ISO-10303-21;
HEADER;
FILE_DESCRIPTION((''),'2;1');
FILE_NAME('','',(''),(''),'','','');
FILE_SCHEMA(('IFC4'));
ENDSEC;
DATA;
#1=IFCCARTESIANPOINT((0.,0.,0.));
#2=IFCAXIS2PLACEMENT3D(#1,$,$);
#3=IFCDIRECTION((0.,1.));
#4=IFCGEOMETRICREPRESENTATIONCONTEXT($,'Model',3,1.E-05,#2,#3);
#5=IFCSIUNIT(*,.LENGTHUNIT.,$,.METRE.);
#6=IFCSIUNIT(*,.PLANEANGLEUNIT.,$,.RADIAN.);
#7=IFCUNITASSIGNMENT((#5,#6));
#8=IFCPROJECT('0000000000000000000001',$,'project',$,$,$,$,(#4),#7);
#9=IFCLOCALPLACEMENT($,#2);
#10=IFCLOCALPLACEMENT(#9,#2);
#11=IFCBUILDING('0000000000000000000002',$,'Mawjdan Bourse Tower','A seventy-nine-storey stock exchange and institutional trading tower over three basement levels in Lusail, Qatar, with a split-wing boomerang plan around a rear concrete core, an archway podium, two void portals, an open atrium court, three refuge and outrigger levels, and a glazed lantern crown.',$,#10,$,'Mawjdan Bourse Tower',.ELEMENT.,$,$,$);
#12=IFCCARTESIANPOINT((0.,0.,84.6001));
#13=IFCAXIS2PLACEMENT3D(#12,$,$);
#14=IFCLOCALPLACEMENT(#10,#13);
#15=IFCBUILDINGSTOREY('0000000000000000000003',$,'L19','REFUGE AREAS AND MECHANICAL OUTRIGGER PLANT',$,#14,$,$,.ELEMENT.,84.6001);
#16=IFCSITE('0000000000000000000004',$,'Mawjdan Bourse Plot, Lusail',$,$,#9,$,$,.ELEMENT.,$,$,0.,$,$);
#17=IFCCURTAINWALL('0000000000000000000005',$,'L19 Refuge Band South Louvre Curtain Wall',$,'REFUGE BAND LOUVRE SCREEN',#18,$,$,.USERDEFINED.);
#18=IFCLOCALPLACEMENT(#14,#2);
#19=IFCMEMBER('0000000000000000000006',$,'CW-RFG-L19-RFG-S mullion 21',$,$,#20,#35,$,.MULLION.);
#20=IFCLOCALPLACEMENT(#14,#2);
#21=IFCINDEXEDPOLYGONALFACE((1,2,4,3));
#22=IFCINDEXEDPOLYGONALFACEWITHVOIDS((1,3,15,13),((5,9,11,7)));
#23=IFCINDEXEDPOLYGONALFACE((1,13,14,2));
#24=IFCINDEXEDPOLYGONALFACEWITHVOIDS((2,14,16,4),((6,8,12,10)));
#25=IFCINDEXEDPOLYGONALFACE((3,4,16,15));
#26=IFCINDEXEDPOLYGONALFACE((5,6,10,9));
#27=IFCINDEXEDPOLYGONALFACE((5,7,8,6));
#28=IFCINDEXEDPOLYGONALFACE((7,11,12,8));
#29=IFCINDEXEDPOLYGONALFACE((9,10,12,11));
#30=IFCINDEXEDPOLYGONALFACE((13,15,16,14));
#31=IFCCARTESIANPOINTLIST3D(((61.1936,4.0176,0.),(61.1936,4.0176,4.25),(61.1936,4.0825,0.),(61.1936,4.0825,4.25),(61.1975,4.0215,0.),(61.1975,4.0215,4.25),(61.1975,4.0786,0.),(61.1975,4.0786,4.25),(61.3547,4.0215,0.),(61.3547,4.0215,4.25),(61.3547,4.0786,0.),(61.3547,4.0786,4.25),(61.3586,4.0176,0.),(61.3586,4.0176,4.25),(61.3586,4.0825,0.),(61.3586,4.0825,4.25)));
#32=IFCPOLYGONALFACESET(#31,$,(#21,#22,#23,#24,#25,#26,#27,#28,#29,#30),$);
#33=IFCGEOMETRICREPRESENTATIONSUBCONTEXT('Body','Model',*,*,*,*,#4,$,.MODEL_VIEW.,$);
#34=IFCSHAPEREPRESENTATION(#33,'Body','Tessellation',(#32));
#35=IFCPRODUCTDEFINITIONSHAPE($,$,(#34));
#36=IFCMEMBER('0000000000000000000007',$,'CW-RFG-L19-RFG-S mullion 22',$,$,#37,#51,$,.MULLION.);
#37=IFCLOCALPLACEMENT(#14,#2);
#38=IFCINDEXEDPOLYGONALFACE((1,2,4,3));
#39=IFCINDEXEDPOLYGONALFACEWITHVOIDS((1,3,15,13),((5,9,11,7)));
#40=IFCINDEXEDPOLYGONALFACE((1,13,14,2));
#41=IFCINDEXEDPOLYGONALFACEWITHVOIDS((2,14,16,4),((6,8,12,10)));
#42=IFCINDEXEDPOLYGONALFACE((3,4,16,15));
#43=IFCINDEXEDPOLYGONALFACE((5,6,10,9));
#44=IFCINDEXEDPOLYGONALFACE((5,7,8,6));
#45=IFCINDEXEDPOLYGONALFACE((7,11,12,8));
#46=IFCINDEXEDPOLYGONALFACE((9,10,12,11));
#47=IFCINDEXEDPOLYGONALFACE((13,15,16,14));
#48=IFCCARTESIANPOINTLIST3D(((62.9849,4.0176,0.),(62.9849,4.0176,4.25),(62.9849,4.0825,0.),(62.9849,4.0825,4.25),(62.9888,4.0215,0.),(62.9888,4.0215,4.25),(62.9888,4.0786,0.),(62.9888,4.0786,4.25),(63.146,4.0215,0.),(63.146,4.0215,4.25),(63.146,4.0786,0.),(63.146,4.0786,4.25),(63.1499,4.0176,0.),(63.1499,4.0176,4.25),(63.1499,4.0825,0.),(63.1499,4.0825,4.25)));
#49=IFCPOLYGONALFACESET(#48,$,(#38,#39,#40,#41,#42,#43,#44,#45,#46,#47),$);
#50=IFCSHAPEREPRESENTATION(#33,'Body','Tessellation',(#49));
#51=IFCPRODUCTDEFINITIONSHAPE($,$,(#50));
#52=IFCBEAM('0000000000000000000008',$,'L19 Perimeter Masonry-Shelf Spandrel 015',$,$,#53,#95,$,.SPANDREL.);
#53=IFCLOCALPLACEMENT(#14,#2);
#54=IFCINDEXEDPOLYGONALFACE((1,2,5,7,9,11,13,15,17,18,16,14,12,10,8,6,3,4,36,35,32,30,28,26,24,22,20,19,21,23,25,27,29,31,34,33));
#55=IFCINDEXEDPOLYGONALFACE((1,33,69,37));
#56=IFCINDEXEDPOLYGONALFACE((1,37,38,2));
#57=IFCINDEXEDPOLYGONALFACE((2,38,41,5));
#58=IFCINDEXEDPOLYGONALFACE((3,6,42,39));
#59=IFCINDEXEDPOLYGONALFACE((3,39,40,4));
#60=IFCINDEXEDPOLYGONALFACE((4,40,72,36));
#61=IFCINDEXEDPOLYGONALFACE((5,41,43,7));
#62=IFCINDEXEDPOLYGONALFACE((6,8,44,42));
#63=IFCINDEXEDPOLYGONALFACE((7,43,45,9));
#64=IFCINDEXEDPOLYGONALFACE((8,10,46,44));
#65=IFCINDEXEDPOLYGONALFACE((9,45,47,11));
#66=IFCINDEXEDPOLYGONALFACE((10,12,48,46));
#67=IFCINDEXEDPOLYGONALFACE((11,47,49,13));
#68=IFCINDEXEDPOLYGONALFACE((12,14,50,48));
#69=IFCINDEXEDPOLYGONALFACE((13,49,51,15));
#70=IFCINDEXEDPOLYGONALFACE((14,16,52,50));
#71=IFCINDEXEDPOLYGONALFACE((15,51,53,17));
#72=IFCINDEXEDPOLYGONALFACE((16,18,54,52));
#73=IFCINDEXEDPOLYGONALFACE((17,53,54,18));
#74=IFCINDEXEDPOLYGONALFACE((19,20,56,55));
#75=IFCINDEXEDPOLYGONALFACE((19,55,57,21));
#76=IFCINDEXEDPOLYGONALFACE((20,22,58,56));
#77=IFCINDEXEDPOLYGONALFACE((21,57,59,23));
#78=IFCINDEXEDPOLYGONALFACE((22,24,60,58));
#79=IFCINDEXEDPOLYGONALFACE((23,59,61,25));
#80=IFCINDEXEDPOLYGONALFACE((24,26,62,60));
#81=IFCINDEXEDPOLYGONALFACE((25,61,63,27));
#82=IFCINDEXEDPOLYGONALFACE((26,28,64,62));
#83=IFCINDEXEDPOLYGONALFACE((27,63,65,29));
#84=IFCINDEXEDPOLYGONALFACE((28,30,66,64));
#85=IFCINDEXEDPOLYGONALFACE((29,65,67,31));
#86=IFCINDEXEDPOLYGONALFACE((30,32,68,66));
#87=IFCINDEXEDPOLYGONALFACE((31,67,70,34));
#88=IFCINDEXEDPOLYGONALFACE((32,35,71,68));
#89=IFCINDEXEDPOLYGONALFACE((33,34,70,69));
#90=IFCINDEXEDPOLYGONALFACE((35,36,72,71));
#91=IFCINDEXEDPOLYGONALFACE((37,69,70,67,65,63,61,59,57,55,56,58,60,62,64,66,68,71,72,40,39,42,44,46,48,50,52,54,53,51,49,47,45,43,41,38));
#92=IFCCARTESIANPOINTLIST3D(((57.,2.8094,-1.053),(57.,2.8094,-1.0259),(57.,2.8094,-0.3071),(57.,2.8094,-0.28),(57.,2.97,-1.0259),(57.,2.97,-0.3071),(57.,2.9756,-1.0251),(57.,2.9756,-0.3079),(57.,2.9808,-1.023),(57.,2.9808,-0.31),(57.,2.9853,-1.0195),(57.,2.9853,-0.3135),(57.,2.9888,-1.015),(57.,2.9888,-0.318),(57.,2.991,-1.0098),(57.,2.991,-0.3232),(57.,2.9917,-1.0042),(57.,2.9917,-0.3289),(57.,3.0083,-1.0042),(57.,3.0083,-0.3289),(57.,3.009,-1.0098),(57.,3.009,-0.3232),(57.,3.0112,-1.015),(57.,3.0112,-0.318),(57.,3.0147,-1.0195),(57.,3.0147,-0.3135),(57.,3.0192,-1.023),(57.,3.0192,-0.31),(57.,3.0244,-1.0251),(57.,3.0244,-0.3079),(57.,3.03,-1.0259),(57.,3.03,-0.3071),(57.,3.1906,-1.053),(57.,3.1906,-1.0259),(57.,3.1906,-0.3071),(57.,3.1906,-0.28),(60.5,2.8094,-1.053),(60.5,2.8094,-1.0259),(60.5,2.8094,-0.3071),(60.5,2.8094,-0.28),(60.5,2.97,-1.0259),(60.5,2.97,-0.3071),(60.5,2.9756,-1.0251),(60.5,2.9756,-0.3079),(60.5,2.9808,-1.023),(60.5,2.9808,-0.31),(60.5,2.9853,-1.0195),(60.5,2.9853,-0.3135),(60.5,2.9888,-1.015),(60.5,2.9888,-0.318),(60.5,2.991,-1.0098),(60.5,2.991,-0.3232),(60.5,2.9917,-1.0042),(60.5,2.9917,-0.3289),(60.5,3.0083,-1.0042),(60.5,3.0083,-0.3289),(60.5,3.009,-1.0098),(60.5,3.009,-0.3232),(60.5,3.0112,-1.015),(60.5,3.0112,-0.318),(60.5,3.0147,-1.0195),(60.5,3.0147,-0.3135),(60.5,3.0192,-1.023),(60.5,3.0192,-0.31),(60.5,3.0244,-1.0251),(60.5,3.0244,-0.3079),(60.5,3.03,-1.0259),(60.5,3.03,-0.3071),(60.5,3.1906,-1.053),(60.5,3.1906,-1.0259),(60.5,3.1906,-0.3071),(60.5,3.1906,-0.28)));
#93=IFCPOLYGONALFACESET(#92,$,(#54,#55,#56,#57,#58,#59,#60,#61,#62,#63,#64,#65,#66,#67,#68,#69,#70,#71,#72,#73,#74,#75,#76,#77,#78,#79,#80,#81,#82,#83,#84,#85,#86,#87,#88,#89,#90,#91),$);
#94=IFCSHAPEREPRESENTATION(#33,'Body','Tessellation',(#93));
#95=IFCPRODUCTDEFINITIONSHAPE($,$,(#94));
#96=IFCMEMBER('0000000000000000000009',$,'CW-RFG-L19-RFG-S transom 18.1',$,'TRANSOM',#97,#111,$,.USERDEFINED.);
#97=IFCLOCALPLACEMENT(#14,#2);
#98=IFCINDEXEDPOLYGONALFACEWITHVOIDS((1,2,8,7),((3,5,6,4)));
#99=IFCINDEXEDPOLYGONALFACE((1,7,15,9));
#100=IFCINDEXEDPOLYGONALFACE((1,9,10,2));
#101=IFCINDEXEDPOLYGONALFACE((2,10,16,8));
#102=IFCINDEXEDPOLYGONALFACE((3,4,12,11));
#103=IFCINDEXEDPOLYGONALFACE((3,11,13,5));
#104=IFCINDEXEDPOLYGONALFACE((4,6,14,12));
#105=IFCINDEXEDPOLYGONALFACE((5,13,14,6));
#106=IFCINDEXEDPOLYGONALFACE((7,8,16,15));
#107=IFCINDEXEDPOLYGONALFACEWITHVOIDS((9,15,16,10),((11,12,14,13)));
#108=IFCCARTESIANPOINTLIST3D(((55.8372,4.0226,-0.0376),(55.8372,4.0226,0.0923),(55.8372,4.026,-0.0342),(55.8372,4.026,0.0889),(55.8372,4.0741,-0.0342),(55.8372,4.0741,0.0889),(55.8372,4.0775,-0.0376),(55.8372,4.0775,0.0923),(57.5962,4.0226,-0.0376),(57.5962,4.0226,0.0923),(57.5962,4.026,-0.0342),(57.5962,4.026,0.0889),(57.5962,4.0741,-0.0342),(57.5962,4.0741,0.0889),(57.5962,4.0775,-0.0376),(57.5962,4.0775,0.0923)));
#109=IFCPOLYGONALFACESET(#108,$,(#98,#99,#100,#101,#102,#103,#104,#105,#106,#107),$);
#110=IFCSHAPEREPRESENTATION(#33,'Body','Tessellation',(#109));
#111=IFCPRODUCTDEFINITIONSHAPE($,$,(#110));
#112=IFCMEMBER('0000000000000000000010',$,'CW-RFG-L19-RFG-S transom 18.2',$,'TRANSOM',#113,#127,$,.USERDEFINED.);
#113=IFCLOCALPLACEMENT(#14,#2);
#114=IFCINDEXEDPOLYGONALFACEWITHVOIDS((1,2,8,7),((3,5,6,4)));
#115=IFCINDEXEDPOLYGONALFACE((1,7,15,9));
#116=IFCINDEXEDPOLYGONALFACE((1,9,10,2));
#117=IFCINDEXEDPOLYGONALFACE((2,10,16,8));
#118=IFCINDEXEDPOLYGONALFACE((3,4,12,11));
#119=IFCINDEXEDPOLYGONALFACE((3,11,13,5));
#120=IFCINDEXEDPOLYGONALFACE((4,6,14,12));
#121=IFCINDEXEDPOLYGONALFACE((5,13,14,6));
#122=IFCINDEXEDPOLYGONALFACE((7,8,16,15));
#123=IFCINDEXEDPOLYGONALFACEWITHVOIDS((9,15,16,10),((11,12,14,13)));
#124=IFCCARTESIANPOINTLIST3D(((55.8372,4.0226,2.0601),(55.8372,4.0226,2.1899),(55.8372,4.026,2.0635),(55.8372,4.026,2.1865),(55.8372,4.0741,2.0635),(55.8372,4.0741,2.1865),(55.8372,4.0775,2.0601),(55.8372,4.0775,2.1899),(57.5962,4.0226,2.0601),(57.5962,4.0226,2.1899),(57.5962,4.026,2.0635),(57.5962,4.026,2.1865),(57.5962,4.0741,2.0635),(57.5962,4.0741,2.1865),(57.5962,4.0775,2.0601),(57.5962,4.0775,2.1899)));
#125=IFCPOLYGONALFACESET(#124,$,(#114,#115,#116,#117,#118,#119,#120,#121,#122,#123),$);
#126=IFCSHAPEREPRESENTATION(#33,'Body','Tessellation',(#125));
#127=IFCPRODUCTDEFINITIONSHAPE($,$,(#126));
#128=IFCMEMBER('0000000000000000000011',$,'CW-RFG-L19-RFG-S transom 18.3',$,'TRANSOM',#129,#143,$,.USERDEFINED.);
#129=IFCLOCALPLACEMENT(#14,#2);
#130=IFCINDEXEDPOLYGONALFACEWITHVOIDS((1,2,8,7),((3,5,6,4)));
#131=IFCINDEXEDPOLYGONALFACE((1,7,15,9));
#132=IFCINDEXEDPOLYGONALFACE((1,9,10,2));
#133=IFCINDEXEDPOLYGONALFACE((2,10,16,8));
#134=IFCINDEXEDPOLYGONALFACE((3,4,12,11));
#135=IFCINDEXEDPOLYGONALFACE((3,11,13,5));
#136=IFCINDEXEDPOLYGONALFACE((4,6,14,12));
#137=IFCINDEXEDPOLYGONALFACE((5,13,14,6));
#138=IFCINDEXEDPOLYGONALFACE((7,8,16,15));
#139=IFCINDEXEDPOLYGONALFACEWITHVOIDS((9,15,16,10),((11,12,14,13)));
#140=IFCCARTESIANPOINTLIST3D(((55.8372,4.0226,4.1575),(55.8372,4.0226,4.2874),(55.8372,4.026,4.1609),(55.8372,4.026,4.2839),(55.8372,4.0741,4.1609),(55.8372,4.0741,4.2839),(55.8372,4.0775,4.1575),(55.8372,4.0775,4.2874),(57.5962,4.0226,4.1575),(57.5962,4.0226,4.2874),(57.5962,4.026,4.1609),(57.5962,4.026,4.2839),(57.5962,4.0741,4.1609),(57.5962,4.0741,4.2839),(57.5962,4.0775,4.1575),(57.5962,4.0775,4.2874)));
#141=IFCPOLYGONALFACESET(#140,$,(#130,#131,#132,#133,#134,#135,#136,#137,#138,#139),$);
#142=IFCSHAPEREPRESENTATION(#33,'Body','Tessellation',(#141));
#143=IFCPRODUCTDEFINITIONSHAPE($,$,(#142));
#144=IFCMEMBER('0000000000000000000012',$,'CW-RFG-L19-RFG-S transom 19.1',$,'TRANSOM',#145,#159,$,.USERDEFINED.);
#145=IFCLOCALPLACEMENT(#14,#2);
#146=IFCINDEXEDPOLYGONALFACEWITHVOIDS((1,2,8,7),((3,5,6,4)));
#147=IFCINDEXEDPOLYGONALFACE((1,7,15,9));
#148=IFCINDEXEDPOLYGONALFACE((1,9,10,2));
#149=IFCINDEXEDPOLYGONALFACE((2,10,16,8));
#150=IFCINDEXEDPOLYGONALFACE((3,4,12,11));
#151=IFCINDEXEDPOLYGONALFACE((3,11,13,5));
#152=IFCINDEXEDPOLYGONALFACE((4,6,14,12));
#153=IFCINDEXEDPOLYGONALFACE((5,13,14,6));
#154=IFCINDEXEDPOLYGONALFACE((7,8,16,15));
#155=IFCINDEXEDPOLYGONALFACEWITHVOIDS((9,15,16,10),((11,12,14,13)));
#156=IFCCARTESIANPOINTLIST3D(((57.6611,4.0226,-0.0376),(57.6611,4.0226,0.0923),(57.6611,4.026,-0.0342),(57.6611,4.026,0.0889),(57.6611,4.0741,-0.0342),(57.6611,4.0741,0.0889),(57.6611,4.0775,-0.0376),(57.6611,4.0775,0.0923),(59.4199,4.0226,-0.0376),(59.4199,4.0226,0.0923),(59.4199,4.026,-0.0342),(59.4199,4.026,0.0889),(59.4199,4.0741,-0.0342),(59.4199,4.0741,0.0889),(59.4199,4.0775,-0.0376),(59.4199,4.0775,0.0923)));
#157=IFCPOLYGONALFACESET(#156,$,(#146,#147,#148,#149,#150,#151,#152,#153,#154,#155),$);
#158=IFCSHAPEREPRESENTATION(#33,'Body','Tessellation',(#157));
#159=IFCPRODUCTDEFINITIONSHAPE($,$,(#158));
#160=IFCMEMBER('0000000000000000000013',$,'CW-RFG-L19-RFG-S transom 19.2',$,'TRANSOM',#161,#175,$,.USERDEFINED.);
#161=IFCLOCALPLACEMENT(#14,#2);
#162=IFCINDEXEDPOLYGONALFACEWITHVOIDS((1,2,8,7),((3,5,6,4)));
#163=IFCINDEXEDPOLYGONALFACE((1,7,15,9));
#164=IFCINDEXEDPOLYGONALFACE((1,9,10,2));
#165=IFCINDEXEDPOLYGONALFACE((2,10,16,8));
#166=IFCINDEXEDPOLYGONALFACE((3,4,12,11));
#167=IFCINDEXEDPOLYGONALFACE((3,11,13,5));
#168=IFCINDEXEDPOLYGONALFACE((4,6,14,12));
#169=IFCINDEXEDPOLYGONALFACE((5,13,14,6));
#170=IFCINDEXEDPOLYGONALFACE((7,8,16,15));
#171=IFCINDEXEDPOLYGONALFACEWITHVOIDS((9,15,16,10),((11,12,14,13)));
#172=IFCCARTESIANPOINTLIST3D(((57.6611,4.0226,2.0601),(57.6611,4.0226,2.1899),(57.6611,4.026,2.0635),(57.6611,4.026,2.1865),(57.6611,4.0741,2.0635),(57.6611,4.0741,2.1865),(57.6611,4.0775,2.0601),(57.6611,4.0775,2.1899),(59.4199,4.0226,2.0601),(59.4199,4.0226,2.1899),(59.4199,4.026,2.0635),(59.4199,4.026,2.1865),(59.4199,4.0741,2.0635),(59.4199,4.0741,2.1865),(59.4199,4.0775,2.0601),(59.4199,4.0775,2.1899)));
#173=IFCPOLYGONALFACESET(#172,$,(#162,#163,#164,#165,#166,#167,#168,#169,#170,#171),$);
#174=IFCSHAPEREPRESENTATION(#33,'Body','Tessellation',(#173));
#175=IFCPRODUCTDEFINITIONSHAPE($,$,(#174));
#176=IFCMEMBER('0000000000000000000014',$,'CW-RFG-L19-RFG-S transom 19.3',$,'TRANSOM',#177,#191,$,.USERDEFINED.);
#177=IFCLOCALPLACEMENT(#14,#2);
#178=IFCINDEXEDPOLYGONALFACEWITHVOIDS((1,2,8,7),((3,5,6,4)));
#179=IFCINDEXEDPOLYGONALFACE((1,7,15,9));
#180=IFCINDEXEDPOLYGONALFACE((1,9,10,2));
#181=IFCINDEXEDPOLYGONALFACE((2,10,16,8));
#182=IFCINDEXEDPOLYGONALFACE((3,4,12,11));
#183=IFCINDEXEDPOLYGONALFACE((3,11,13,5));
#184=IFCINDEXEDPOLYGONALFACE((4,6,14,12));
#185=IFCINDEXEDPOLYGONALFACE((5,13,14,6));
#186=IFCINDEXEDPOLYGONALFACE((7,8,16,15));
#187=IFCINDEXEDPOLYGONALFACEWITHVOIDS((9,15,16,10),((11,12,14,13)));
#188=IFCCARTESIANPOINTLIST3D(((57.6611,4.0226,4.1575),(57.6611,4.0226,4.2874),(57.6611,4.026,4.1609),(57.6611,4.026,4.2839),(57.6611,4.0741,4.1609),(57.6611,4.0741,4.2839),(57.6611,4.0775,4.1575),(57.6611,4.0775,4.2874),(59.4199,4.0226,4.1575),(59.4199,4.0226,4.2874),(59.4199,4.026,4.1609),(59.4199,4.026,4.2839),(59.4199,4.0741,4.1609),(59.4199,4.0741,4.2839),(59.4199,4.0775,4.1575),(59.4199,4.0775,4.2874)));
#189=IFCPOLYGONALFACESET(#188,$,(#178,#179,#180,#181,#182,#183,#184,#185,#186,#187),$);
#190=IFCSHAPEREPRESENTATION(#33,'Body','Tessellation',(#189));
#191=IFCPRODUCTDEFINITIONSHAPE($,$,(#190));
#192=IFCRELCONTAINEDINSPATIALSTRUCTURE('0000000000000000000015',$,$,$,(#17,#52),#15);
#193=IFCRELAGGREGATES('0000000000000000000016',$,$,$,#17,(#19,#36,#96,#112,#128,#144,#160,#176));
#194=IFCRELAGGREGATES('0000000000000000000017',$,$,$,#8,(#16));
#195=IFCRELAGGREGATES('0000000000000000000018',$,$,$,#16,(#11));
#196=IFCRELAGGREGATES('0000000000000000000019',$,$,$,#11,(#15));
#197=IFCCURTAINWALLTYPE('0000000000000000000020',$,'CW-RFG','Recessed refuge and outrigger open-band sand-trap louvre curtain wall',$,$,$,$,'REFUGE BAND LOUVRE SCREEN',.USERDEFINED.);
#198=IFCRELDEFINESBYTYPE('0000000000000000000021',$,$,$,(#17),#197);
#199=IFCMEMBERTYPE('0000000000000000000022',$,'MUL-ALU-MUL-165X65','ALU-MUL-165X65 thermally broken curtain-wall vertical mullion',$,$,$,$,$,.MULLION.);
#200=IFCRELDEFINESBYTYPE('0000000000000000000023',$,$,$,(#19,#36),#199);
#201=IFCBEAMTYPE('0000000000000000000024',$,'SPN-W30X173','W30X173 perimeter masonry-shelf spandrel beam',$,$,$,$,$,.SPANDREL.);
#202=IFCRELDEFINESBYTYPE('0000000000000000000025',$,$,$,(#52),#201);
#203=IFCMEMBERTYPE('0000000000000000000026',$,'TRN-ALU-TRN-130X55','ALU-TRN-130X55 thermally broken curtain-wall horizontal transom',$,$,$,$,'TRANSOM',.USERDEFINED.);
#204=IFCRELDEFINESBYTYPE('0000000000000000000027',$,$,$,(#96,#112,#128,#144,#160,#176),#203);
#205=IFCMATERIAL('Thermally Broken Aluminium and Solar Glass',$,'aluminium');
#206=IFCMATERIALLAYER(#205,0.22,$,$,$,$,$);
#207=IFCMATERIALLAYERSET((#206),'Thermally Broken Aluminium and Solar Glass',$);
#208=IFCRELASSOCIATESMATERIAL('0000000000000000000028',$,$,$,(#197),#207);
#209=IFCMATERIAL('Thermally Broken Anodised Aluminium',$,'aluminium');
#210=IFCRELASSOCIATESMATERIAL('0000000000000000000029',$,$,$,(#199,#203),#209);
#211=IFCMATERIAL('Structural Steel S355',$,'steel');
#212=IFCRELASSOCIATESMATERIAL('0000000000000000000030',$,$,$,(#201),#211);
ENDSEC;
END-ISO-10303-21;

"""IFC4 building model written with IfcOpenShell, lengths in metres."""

from ifc_helpers import new_model, si_unit, direction, frame, origin, origin_2d, place, context, subcontext, project, spatial, hollow_rectangle, i_section, extrude, material, layer, layer_set, material_profile, profile_set, type_object, element, aggregate, save


model = new_model("IFC4")

# Units and contexts
model_context = context("Model", 3, precision=1e-05, world=origin(), true_north=direction((0.0, 1.0)))
body_context = subcontext(model_context, "Body", "Model", "MODEL_VIEW")
ifc_project = project(units=[si_unit("LENGTHUNIT", "METRE"), si_unit("PLANEANGLEUNIT", "RADIAN")], contexts=[model_context])

# Site, building, storey
site_placement = place(None, origin())
site = spatial("IfcSite", under=ifc_project, at=site_placement, Name="Mawjdan Bourse Plot, Lusail", CompositionType="ELEMENT", RefElevation=0.0)
building_placement = place(site_placement, origin())
building = spatial("IfcBuilding", under=site, at=building_placement, Name="Mawjdan Bourse Tower", Description="A seventy-nine-storey stock exchange and institutional trading tower over three basement levels in Lusail, Qatar, with a split-wing boomerang plan around a rear concrete core, an archway podium, two void portals, an open atrium court, three refuge and outrigger levels, and a glazed lantern crown.", LongName="Mawjdan Bourse Tower", CompositionType="ELEMENT")
storey_placement = place(building_placement, frame((0.0, 0.0, 84.6001)))
storey = spatial("IfcBuildingStorey", under=building, at=storey_placement, Name="L19", Description="REFUGE AREAS AND MECHANICAL OUTRIGGER PLANT", CompositionType="ELEMENT", Elevation=84.6001)

# Shared definitions
ifc_material_1 = material(Name="Structural Steel S355", Category="steel")

# Curtain wall, members
ifc_material_2 = material(Name="Thermally Broken Aluminium and Solar Glass", Category="aluminium")
ifc_layer_1 = layer(ifc_material_2, 0.22)
ifc_layer_set_1 = layer_set([ifc_layer_1], Name="Thermally Broken Aluminium and Solar Glass")
curtain_wall_type = type_object("IfcCurtainWallType", Name="CW-RFG", Description="Recessed refuge and outrigger open-band sand-trap louvre curtain wall", ElementType="REFUGE BAND LOUVRE SCREEN", PredefinedType="USERDEFINED", material=ifc_layer_set_1)
curtain_wall_placement = place(storey_placement, origin())
curtain_wall = element("IfcCurtainWall", 1, at=curtain_wall_placement, inside=storey, type_object=curtain_wall_type, Name="L19 Refuge Band South Louvre Curtain Wall", ObjectType="REFUGE BAND LOUVRE SCREEN", PredefinedType="USERDEFINED")
ifc_material_3 = material(Name="Thermally Broken Anodised Aluminium", Category="aluminium")
ifc_material_profile_1 = material_profile(ifc_material_3, hollow_rectangle(XDim=0.0649, YDim=0.165, WallThickness=0.0039, at=origin_2d()), Name="ALU-MUL-165X65")
ifc_profile_set_1 = profile_set([ifc_material_profile_1], Name="Thermally Broken Anodised Aluminium")
member_type_1 = type_object("IfcMemberType", Name="MUL-ALU-MUL-165X65", Description="ALU-MUL-165X65 thermally broken curtain-wall vertical mullion", PredefinedType="MULLION", material=ifc_profile_set_1)
member_1_placement = place(storey_placement, frame((61.2761, 4.05, 0.0), z_axis=(0.0, 0.0, 1.0), x_axis=(0.0, 1.0, 0.0)))
member_1 = element("IfcMember", 2, at=member_1_placement, type_object=member_type_1, Name="CW-RFG-L19-RFG-S mullion 21", PredefinedType="MULLION", context=body_context, shape_type="SweptSolid", body=[
    extrude(hollow_rectangle(XDim=0.0649, YDim=0.165, WallThickness=0.0039, at=origin_2d()), origin(), (0.0, 0.0, 1.0), 4.25),
])
member_2_placement = place(storey_placement, frame((63.0674, 4.05, 0.0), z_axis=(0.0, 0.0, 1.0), x_axis=(0.0, 1.0, 0.0)))
member_2 = element("IfcMember", 3, at=member_2_placement, type_object=member_type_1, Name="CW-RFG-L19-RFG-S mullion 22", PredefinedType="MULLION", context=body_context, shape_type="SweptSolid", body=[
    extrude(hollow_rectangle(XDim=0.0649, YDim=0.165, WallThickness=0.0039, at=origin_2d()), origin(), (0.0, 0.0, 1.0), 4.25),
])

# Beam
ifc_material_profile_2 = material_profile(ifc_material_1, i_section(OverallWidth=0.3811, OverallDepth=0.7729, WebThickness=0.0166, FlangeThickness=0.0271, FilletRadius=0.0217, at=origin_2d()), Name="W30X173")
ifc_profile_set_2 = profile_set([ifc_material_profile_2], Name="Structural Steel S355")
beam_type_1 = type_object("IfcBeamType", Name="SPN-W30X173", Description="W30X173 perimeter masonry-shelf spandrel beam", PredefinedType="SPANDREL", material=ifc_profile_set_2)
beam_1_placement = place(storey_placement, frame((57.0, 3.0, -0.6665), z_axis=(1.0, 0.0, 0.0), x_axis=(0.0, 1.0, 0.0)))
element("IfcBeam", 4, at=beam_1_placement, inside=storey, type_object=beam_type_1, Name="L19 Perimeter Masonry-Shelf Spandrel 015", PredefinedType="SPANDREL", context=body_context, shape_type="SweptSolid", body=[
    extrude(i_section(OverallWidth=0.3811, OverallDepth=0.7729, WebThickness=0.0166, FlangeThickness=0.0271, FilletRadius=0.0217, at=origin_2d()), origin(), (0.0, 0.0, 1.0), 3.5),
])

# Members
ifc_material_profile_3 = material_profile(ifc_material_3, hollow_rectangle(XDim=0.0549, YDim=0.1299, WallThickness=0.0034, at=origin_2d()), Name="ALU-TRN-130X55")
ifc_profile_set_3 = profile_set([ifc_material_profile_3], Name="Thermally Broken Anodised Aluminium")
member_type_2 = type_object("IfcMemberType", Name="TRN-ALU-TRN-130X55", Description="ALU-TRN-130X55 thermally broken curtain-wall horizontal transom", ElementType="TRANSOM", PredefinedType="USERDEFINED", material=ifc_profile_set_3)
member_3_placement = place(storey_placement, frame((55.8372, 4.05, 0.0273), z_axis=(1.0, 0.0, 0.0), x_axis=(0.0, 1.0, 0.0)))
member_3 = element("IfcMember", 5, at=member_3_placement, type_object=member_type_2, Name="CW-RFG-L19-RFG-S transom 18.1", ObjectType="TRANSOM", PredefinedType="USERDEFINED", context=body_context, shape_type="SweptSolid", body=[
    extrude(hollow_rectangle(XDim=0.0549, YDim=0.1299, WallThickness=0.0034, at=origin_2d()), origin(), (0.0, 0.0, 1.0), 1.759),
])
member_4_placement = place(storey_placement, frame((55.8372, 4.05, 2.125), z_axis=(1.0, 0.0, 0.0), x_axis=(0.0, 1.0, 0.0)))
member_4 = element("IfcMember", 6, at=member_4_placement, type_object=member_type_2, Name="CW-RFG-L19-RFG-S transom 18.2", ObjectType="TRANSOM", PredefinedType="USERDEFINED", context=body_context, shape_type="SweptSolid", body=[
    extrude(hollow_rectangle(XDim=0.0549, YDim=0.1299, WallThickness=0.0034, at=origin_2d()), origin(), (0.0, 0.0, 1.0), 1.759),
])
member_5_placement = place(storey_placement, frame((55.8372, 4.05, 4.2224), z_axis=(1.0, 0.0, 0.0), x_axis=(0.0, 1.0, 0.0)))
member_5 = element("IfcMember", 7, at=member_5_placement, type_object=member_type_2, Name="CW-RFG-L19-RFG-S transom 18.3", ObjectType="TRANSOM", PredefinedType="USERDEFINED", context=body_context, shape_type="SweptSolid", body=[
    extrude(hollow_rectangle(XDim=0.0549, YDim=0.1299, WallThickness=0.0034, at=origin_2d()), origin(), (0.0, 0.0, 1.0), 1.759),
])
member_6_placement = place(storey_placement, frame((57.6611, 4.05, 0.0273), z_axis=(1.0, 0.0, 0.0), x_axis=(0.0, 1.0, 0.0)))
member_6 = element("IfcMember", 8, at=member_6_placement, type_object=member_type_2, Name="CW-RFG-L19-RFG-S transom 19.1", ObjectType="TRANSOM", PredefinedType="USERDEFINED", context=body_context, shape_type="SweptSolid", body=[
    extrude(hollow_rectangle(XDim=0.0549, YDim=0.1299, WallThickness=0.0034, at=origin_2d()), origin(), (0.0, 0.0, 1.0), 1.7588),
])
member_7_placement = place(storey_placement, frame((57.6611, 4.05, 2.125), z_axis=(1.0, 0.0, 0.0), x_axis=(0.0, 1.0, 0.0)))
member_7 = element("IfcMember", 9, at=member_7_placement, type_object=member_type_2, Name="CW-RFG-L19-RFG-S transom 19.2", ObjectType="TRANSOM", PredefinedType="USERDEFINED", context=body_context, shape_type="SweptSolid", body=[
    extrude(hollow_rectangle(XDim=0.0549, YDim=0.1299, WallThickness=0.0034, at=origin_2d()), origin(), (0.0, 0.0, 1.0), 1.7588),
])
member_8_placement = place(storey_placement, frame((57.6611, 4.05, 4.2224), z_axis=(1.0, 0.0, 0.0), x_axis=(0.0, 1.0, 0.0)))
member_8 = element("IfcMember", 10, at=member_8_placement, type_object=member_type_2, Name="CW-RFG-L19-RFG-S transom 19.3", ObjectType="TRANSOM", PredefinedType="USERDEFINED", context=body_context, shape_type="SweptSolid", body=[
    extrude(hollow_rectangle(XDim=0.0549, YDim=0.1299, WallThickness=0.0034, at=origin_2d()), origin(), (0.0, 0.0, 1.0), 1.7588),
])

aggregate(curtain_wall, [member_1, member_2, member_3, member_4, member_5, member_6, member_7, member_8])

save(model, "model.ifc")
